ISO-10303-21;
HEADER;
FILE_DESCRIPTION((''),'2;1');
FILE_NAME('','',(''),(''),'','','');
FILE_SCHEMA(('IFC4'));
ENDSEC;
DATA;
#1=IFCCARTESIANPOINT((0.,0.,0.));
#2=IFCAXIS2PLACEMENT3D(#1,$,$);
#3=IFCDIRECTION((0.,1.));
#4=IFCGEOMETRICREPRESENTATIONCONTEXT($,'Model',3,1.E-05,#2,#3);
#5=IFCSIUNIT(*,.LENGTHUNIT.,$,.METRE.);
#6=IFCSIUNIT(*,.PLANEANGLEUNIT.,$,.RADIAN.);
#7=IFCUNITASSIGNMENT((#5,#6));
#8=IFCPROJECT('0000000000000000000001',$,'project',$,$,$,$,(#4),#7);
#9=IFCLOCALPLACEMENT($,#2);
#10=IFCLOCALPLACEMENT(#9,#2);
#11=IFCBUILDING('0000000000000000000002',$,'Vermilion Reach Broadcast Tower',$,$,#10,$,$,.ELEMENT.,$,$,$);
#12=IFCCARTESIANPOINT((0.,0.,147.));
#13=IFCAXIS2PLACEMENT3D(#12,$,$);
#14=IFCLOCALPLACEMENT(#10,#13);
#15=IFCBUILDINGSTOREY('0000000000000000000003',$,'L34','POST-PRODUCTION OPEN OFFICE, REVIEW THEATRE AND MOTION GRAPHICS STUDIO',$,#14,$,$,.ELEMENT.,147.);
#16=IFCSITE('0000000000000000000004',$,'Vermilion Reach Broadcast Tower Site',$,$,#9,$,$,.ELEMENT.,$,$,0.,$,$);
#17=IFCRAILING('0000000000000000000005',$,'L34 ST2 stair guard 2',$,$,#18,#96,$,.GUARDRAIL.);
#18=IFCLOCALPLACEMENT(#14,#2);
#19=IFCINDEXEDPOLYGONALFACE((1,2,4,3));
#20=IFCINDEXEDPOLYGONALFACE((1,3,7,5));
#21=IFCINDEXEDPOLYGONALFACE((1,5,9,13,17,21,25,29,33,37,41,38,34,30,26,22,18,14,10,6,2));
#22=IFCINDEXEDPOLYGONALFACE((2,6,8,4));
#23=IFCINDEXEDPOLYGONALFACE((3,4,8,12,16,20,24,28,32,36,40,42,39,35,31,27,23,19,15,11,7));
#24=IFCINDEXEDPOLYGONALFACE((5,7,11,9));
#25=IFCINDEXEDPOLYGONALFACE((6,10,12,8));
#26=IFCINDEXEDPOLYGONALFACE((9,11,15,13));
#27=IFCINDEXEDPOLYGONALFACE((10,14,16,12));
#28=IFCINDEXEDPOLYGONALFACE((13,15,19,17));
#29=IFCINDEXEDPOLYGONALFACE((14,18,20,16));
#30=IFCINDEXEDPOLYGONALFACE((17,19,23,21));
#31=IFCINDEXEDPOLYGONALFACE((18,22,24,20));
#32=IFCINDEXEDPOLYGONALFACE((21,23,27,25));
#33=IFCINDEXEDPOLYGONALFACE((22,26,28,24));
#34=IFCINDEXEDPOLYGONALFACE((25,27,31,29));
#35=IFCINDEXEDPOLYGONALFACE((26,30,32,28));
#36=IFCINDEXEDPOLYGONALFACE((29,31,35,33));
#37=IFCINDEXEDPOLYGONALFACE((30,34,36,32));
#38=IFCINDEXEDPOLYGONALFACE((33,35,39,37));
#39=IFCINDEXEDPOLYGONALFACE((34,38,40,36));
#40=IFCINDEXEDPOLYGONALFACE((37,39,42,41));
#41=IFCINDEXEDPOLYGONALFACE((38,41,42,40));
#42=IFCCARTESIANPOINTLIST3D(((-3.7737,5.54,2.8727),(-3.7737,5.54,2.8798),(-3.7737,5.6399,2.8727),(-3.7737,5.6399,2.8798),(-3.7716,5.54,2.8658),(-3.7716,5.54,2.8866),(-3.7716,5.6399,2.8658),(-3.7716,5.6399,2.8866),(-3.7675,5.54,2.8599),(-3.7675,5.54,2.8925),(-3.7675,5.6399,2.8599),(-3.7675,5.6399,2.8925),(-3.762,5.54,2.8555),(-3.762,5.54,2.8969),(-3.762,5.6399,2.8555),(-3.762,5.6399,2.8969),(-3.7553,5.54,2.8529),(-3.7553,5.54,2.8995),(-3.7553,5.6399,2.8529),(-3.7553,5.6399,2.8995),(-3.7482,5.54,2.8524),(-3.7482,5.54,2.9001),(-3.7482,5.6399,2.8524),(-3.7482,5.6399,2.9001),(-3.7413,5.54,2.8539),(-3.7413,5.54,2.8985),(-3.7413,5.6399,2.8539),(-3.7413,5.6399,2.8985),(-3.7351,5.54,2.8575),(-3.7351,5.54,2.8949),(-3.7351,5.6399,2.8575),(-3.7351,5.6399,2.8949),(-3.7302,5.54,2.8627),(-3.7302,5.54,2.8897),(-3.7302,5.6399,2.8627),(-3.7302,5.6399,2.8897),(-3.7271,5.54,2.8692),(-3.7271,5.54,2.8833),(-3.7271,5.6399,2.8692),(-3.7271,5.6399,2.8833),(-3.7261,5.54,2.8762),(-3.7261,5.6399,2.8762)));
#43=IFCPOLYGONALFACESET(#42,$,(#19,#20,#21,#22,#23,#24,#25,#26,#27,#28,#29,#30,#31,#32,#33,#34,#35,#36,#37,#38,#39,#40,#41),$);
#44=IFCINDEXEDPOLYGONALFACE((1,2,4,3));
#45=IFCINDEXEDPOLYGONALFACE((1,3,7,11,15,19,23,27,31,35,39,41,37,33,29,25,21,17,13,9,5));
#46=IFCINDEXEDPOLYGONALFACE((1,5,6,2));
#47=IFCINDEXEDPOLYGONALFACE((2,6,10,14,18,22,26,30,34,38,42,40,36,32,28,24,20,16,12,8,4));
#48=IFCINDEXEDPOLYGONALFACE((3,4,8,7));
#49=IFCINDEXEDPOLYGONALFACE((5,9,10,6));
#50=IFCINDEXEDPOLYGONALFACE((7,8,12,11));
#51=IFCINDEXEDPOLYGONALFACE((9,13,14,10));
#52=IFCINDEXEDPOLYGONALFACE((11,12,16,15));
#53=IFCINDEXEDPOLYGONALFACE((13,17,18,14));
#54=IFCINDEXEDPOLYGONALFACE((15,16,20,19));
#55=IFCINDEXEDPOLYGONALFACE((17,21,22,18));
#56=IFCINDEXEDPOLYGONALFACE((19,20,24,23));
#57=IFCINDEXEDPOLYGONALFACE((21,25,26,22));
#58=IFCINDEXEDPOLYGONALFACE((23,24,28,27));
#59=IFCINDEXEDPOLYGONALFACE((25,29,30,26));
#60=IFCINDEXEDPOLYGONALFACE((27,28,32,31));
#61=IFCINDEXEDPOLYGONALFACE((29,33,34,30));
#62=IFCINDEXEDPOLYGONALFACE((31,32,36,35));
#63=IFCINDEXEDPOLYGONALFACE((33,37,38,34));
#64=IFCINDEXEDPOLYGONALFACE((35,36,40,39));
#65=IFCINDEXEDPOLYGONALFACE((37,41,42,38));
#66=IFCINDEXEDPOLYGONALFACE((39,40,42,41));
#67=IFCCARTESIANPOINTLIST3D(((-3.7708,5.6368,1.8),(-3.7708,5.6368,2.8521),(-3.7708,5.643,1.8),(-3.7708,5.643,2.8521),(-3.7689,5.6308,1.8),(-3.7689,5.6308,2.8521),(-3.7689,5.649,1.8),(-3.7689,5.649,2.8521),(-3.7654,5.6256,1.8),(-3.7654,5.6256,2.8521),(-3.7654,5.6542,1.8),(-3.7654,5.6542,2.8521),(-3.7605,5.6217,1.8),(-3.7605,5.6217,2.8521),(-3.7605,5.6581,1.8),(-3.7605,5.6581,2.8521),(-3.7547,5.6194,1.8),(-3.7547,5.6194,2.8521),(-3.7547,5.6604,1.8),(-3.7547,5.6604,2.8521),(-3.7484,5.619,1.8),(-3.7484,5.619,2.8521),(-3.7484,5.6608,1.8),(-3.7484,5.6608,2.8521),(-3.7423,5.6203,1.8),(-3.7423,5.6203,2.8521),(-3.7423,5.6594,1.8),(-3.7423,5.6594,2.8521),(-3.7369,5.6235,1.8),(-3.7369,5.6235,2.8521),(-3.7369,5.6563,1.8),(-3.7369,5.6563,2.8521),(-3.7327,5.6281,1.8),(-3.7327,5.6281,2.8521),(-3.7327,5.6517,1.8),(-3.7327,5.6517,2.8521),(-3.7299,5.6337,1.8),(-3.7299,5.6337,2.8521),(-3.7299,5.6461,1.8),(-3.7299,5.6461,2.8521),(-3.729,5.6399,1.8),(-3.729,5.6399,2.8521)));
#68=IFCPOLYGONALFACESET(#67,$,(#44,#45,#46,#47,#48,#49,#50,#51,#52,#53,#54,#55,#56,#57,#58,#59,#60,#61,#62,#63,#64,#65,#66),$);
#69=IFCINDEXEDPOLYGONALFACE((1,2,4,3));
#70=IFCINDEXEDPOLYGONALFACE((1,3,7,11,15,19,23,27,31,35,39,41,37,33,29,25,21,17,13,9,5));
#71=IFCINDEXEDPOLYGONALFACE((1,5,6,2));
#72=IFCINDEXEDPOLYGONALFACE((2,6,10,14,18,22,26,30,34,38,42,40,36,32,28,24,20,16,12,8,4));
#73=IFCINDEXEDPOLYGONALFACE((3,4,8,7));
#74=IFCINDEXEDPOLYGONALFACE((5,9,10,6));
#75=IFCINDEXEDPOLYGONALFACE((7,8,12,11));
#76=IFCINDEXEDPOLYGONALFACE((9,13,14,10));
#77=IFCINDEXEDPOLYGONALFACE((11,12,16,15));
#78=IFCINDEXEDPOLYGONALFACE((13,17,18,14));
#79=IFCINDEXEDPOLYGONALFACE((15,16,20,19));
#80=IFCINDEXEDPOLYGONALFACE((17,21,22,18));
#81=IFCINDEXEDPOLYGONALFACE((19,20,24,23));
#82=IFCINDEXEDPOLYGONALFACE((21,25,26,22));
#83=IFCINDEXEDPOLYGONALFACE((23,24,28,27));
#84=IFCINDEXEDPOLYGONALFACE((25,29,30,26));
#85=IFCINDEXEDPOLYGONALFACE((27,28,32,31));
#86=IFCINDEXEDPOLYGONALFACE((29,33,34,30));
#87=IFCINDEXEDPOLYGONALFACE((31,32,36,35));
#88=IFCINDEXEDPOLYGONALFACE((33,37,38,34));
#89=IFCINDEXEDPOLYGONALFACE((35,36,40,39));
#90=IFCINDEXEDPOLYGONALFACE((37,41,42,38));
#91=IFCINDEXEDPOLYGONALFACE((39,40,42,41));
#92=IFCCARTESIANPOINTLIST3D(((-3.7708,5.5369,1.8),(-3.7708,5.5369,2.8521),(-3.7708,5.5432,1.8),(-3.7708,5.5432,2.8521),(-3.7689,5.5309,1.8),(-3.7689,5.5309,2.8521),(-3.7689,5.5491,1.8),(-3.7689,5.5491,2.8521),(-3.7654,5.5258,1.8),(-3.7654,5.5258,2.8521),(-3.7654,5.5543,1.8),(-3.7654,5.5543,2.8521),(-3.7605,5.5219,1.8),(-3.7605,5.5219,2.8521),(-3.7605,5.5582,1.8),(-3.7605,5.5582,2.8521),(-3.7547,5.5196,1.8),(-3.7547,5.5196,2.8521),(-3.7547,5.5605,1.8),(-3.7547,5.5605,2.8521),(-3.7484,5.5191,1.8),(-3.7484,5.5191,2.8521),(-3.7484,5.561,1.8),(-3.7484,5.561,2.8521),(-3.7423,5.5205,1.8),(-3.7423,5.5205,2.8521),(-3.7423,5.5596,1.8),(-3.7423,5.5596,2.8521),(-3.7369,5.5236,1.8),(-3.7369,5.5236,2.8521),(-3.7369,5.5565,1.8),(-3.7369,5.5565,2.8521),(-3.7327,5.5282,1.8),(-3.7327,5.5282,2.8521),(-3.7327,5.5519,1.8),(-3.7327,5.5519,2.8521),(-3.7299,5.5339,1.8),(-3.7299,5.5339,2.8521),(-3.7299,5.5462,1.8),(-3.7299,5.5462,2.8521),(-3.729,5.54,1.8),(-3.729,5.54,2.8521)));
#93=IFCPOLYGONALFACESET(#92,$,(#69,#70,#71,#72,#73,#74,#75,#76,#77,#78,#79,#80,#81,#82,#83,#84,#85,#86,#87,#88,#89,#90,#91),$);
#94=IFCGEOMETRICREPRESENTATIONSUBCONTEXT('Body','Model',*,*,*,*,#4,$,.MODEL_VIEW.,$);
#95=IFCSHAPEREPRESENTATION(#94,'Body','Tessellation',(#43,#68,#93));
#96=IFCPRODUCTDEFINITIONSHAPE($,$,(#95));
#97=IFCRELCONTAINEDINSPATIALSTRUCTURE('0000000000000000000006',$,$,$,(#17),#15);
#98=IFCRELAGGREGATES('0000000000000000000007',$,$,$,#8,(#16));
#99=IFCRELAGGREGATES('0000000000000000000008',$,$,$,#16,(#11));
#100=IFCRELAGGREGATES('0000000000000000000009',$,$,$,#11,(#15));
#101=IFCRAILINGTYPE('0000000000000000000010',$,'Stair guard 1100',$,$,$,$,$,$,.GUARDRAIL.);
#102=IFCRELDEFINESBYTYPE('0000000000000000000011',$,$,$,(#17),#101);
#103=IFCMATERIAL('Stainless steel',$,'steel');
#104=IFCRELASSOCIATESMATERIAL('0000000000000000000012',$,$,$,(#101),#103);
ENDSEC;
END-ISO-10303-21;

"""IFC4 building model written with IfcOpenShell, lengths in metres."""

from ifc_helpers import new_model, si_unit, direction, frame, origin, origin_2d, place, context, subcontext, project, spatial, circle, extrude, material, type_object, element, save


model = new_model("IFC4")

# Units and contexts
model_context = context("Model", 3, precision=1e-05, world=origin(), true_north=direction((0.0, 1.0)))
body_context = subcontext(model_context, "Body", "Model", "MODEL_VIEW")
ifc_project = project(units=[si_unit("LENGTHUNIT", "METRE"), si_unit("PLANEANGLEUNIT", "RADIAN")], contexts=[model_context])

# Site, building, storey
site_placement = place(None, origin())
site = spatial("IfcSite", under=ifc_project, at=site_placement, Name="Vermilion Reach Broadcast Tower Site", CompositionType="ELEMENT", RefElevation=0.0)
building_placement = place(site_placement, origin())
building = spatial("IfcBuilding", under=site, at=building_placement, Name="Vermilion Reach Broadcast Tower", CompositionType="ELEMENT")
storey_placement = place(building_placement, frame((0.0, 0.0, 147.0)))
storey = spatial("IfcBuildingStorey", under=building, at=storey_placement, Name="L34", Description="POST-PRODUCTION OPEN OFFICE, REVIEW THEATRE AND MOTION GRAPHICS STUDIO", CompositionType="ELEMENT", Elevation=147.0)

# Railing
ifc_material_1 = material(Name="Stainless steel", Category="steel")
railing_type_1 = type_object("IfcRailingType", Name="Stair guard 1100", PredefinedType="GUARDRAIL", material=ifc_material_1)
railing_1_placement = place(storey_placement, frame((-3.75, 5.6399, 1.8)))
element("IfcRailing", 1, at=railing_1_placement, inside=storey, type_object=railing_type_1, Name="L34 ST2 stair guard 2", PredefinedType="GUARDRAIL", context=body_context, shape_type="SweptSolid", body=[
    extrude(circle(Radius=0.0239, at=origin_2d()), frame((0.0, 0.0, 1.0762), z_axis=(0.0, -1.0, 0.0), x_axis=(1.0, 0.0, 0.0)), (0.0, 0.0, 1.0), 0.0999),
    extrude(circle(Radius=0.021, at=origin_2d()), origin(), (0.0, 0.0, 1.0), 1.052),
    extrude(circle(Radius=0.021, at=origin_2d()), frame((0.0, -0.0999, 0.0)), (0.0, 0.0, 1.0), 1.052),
])

save(model, "model.ifc")
